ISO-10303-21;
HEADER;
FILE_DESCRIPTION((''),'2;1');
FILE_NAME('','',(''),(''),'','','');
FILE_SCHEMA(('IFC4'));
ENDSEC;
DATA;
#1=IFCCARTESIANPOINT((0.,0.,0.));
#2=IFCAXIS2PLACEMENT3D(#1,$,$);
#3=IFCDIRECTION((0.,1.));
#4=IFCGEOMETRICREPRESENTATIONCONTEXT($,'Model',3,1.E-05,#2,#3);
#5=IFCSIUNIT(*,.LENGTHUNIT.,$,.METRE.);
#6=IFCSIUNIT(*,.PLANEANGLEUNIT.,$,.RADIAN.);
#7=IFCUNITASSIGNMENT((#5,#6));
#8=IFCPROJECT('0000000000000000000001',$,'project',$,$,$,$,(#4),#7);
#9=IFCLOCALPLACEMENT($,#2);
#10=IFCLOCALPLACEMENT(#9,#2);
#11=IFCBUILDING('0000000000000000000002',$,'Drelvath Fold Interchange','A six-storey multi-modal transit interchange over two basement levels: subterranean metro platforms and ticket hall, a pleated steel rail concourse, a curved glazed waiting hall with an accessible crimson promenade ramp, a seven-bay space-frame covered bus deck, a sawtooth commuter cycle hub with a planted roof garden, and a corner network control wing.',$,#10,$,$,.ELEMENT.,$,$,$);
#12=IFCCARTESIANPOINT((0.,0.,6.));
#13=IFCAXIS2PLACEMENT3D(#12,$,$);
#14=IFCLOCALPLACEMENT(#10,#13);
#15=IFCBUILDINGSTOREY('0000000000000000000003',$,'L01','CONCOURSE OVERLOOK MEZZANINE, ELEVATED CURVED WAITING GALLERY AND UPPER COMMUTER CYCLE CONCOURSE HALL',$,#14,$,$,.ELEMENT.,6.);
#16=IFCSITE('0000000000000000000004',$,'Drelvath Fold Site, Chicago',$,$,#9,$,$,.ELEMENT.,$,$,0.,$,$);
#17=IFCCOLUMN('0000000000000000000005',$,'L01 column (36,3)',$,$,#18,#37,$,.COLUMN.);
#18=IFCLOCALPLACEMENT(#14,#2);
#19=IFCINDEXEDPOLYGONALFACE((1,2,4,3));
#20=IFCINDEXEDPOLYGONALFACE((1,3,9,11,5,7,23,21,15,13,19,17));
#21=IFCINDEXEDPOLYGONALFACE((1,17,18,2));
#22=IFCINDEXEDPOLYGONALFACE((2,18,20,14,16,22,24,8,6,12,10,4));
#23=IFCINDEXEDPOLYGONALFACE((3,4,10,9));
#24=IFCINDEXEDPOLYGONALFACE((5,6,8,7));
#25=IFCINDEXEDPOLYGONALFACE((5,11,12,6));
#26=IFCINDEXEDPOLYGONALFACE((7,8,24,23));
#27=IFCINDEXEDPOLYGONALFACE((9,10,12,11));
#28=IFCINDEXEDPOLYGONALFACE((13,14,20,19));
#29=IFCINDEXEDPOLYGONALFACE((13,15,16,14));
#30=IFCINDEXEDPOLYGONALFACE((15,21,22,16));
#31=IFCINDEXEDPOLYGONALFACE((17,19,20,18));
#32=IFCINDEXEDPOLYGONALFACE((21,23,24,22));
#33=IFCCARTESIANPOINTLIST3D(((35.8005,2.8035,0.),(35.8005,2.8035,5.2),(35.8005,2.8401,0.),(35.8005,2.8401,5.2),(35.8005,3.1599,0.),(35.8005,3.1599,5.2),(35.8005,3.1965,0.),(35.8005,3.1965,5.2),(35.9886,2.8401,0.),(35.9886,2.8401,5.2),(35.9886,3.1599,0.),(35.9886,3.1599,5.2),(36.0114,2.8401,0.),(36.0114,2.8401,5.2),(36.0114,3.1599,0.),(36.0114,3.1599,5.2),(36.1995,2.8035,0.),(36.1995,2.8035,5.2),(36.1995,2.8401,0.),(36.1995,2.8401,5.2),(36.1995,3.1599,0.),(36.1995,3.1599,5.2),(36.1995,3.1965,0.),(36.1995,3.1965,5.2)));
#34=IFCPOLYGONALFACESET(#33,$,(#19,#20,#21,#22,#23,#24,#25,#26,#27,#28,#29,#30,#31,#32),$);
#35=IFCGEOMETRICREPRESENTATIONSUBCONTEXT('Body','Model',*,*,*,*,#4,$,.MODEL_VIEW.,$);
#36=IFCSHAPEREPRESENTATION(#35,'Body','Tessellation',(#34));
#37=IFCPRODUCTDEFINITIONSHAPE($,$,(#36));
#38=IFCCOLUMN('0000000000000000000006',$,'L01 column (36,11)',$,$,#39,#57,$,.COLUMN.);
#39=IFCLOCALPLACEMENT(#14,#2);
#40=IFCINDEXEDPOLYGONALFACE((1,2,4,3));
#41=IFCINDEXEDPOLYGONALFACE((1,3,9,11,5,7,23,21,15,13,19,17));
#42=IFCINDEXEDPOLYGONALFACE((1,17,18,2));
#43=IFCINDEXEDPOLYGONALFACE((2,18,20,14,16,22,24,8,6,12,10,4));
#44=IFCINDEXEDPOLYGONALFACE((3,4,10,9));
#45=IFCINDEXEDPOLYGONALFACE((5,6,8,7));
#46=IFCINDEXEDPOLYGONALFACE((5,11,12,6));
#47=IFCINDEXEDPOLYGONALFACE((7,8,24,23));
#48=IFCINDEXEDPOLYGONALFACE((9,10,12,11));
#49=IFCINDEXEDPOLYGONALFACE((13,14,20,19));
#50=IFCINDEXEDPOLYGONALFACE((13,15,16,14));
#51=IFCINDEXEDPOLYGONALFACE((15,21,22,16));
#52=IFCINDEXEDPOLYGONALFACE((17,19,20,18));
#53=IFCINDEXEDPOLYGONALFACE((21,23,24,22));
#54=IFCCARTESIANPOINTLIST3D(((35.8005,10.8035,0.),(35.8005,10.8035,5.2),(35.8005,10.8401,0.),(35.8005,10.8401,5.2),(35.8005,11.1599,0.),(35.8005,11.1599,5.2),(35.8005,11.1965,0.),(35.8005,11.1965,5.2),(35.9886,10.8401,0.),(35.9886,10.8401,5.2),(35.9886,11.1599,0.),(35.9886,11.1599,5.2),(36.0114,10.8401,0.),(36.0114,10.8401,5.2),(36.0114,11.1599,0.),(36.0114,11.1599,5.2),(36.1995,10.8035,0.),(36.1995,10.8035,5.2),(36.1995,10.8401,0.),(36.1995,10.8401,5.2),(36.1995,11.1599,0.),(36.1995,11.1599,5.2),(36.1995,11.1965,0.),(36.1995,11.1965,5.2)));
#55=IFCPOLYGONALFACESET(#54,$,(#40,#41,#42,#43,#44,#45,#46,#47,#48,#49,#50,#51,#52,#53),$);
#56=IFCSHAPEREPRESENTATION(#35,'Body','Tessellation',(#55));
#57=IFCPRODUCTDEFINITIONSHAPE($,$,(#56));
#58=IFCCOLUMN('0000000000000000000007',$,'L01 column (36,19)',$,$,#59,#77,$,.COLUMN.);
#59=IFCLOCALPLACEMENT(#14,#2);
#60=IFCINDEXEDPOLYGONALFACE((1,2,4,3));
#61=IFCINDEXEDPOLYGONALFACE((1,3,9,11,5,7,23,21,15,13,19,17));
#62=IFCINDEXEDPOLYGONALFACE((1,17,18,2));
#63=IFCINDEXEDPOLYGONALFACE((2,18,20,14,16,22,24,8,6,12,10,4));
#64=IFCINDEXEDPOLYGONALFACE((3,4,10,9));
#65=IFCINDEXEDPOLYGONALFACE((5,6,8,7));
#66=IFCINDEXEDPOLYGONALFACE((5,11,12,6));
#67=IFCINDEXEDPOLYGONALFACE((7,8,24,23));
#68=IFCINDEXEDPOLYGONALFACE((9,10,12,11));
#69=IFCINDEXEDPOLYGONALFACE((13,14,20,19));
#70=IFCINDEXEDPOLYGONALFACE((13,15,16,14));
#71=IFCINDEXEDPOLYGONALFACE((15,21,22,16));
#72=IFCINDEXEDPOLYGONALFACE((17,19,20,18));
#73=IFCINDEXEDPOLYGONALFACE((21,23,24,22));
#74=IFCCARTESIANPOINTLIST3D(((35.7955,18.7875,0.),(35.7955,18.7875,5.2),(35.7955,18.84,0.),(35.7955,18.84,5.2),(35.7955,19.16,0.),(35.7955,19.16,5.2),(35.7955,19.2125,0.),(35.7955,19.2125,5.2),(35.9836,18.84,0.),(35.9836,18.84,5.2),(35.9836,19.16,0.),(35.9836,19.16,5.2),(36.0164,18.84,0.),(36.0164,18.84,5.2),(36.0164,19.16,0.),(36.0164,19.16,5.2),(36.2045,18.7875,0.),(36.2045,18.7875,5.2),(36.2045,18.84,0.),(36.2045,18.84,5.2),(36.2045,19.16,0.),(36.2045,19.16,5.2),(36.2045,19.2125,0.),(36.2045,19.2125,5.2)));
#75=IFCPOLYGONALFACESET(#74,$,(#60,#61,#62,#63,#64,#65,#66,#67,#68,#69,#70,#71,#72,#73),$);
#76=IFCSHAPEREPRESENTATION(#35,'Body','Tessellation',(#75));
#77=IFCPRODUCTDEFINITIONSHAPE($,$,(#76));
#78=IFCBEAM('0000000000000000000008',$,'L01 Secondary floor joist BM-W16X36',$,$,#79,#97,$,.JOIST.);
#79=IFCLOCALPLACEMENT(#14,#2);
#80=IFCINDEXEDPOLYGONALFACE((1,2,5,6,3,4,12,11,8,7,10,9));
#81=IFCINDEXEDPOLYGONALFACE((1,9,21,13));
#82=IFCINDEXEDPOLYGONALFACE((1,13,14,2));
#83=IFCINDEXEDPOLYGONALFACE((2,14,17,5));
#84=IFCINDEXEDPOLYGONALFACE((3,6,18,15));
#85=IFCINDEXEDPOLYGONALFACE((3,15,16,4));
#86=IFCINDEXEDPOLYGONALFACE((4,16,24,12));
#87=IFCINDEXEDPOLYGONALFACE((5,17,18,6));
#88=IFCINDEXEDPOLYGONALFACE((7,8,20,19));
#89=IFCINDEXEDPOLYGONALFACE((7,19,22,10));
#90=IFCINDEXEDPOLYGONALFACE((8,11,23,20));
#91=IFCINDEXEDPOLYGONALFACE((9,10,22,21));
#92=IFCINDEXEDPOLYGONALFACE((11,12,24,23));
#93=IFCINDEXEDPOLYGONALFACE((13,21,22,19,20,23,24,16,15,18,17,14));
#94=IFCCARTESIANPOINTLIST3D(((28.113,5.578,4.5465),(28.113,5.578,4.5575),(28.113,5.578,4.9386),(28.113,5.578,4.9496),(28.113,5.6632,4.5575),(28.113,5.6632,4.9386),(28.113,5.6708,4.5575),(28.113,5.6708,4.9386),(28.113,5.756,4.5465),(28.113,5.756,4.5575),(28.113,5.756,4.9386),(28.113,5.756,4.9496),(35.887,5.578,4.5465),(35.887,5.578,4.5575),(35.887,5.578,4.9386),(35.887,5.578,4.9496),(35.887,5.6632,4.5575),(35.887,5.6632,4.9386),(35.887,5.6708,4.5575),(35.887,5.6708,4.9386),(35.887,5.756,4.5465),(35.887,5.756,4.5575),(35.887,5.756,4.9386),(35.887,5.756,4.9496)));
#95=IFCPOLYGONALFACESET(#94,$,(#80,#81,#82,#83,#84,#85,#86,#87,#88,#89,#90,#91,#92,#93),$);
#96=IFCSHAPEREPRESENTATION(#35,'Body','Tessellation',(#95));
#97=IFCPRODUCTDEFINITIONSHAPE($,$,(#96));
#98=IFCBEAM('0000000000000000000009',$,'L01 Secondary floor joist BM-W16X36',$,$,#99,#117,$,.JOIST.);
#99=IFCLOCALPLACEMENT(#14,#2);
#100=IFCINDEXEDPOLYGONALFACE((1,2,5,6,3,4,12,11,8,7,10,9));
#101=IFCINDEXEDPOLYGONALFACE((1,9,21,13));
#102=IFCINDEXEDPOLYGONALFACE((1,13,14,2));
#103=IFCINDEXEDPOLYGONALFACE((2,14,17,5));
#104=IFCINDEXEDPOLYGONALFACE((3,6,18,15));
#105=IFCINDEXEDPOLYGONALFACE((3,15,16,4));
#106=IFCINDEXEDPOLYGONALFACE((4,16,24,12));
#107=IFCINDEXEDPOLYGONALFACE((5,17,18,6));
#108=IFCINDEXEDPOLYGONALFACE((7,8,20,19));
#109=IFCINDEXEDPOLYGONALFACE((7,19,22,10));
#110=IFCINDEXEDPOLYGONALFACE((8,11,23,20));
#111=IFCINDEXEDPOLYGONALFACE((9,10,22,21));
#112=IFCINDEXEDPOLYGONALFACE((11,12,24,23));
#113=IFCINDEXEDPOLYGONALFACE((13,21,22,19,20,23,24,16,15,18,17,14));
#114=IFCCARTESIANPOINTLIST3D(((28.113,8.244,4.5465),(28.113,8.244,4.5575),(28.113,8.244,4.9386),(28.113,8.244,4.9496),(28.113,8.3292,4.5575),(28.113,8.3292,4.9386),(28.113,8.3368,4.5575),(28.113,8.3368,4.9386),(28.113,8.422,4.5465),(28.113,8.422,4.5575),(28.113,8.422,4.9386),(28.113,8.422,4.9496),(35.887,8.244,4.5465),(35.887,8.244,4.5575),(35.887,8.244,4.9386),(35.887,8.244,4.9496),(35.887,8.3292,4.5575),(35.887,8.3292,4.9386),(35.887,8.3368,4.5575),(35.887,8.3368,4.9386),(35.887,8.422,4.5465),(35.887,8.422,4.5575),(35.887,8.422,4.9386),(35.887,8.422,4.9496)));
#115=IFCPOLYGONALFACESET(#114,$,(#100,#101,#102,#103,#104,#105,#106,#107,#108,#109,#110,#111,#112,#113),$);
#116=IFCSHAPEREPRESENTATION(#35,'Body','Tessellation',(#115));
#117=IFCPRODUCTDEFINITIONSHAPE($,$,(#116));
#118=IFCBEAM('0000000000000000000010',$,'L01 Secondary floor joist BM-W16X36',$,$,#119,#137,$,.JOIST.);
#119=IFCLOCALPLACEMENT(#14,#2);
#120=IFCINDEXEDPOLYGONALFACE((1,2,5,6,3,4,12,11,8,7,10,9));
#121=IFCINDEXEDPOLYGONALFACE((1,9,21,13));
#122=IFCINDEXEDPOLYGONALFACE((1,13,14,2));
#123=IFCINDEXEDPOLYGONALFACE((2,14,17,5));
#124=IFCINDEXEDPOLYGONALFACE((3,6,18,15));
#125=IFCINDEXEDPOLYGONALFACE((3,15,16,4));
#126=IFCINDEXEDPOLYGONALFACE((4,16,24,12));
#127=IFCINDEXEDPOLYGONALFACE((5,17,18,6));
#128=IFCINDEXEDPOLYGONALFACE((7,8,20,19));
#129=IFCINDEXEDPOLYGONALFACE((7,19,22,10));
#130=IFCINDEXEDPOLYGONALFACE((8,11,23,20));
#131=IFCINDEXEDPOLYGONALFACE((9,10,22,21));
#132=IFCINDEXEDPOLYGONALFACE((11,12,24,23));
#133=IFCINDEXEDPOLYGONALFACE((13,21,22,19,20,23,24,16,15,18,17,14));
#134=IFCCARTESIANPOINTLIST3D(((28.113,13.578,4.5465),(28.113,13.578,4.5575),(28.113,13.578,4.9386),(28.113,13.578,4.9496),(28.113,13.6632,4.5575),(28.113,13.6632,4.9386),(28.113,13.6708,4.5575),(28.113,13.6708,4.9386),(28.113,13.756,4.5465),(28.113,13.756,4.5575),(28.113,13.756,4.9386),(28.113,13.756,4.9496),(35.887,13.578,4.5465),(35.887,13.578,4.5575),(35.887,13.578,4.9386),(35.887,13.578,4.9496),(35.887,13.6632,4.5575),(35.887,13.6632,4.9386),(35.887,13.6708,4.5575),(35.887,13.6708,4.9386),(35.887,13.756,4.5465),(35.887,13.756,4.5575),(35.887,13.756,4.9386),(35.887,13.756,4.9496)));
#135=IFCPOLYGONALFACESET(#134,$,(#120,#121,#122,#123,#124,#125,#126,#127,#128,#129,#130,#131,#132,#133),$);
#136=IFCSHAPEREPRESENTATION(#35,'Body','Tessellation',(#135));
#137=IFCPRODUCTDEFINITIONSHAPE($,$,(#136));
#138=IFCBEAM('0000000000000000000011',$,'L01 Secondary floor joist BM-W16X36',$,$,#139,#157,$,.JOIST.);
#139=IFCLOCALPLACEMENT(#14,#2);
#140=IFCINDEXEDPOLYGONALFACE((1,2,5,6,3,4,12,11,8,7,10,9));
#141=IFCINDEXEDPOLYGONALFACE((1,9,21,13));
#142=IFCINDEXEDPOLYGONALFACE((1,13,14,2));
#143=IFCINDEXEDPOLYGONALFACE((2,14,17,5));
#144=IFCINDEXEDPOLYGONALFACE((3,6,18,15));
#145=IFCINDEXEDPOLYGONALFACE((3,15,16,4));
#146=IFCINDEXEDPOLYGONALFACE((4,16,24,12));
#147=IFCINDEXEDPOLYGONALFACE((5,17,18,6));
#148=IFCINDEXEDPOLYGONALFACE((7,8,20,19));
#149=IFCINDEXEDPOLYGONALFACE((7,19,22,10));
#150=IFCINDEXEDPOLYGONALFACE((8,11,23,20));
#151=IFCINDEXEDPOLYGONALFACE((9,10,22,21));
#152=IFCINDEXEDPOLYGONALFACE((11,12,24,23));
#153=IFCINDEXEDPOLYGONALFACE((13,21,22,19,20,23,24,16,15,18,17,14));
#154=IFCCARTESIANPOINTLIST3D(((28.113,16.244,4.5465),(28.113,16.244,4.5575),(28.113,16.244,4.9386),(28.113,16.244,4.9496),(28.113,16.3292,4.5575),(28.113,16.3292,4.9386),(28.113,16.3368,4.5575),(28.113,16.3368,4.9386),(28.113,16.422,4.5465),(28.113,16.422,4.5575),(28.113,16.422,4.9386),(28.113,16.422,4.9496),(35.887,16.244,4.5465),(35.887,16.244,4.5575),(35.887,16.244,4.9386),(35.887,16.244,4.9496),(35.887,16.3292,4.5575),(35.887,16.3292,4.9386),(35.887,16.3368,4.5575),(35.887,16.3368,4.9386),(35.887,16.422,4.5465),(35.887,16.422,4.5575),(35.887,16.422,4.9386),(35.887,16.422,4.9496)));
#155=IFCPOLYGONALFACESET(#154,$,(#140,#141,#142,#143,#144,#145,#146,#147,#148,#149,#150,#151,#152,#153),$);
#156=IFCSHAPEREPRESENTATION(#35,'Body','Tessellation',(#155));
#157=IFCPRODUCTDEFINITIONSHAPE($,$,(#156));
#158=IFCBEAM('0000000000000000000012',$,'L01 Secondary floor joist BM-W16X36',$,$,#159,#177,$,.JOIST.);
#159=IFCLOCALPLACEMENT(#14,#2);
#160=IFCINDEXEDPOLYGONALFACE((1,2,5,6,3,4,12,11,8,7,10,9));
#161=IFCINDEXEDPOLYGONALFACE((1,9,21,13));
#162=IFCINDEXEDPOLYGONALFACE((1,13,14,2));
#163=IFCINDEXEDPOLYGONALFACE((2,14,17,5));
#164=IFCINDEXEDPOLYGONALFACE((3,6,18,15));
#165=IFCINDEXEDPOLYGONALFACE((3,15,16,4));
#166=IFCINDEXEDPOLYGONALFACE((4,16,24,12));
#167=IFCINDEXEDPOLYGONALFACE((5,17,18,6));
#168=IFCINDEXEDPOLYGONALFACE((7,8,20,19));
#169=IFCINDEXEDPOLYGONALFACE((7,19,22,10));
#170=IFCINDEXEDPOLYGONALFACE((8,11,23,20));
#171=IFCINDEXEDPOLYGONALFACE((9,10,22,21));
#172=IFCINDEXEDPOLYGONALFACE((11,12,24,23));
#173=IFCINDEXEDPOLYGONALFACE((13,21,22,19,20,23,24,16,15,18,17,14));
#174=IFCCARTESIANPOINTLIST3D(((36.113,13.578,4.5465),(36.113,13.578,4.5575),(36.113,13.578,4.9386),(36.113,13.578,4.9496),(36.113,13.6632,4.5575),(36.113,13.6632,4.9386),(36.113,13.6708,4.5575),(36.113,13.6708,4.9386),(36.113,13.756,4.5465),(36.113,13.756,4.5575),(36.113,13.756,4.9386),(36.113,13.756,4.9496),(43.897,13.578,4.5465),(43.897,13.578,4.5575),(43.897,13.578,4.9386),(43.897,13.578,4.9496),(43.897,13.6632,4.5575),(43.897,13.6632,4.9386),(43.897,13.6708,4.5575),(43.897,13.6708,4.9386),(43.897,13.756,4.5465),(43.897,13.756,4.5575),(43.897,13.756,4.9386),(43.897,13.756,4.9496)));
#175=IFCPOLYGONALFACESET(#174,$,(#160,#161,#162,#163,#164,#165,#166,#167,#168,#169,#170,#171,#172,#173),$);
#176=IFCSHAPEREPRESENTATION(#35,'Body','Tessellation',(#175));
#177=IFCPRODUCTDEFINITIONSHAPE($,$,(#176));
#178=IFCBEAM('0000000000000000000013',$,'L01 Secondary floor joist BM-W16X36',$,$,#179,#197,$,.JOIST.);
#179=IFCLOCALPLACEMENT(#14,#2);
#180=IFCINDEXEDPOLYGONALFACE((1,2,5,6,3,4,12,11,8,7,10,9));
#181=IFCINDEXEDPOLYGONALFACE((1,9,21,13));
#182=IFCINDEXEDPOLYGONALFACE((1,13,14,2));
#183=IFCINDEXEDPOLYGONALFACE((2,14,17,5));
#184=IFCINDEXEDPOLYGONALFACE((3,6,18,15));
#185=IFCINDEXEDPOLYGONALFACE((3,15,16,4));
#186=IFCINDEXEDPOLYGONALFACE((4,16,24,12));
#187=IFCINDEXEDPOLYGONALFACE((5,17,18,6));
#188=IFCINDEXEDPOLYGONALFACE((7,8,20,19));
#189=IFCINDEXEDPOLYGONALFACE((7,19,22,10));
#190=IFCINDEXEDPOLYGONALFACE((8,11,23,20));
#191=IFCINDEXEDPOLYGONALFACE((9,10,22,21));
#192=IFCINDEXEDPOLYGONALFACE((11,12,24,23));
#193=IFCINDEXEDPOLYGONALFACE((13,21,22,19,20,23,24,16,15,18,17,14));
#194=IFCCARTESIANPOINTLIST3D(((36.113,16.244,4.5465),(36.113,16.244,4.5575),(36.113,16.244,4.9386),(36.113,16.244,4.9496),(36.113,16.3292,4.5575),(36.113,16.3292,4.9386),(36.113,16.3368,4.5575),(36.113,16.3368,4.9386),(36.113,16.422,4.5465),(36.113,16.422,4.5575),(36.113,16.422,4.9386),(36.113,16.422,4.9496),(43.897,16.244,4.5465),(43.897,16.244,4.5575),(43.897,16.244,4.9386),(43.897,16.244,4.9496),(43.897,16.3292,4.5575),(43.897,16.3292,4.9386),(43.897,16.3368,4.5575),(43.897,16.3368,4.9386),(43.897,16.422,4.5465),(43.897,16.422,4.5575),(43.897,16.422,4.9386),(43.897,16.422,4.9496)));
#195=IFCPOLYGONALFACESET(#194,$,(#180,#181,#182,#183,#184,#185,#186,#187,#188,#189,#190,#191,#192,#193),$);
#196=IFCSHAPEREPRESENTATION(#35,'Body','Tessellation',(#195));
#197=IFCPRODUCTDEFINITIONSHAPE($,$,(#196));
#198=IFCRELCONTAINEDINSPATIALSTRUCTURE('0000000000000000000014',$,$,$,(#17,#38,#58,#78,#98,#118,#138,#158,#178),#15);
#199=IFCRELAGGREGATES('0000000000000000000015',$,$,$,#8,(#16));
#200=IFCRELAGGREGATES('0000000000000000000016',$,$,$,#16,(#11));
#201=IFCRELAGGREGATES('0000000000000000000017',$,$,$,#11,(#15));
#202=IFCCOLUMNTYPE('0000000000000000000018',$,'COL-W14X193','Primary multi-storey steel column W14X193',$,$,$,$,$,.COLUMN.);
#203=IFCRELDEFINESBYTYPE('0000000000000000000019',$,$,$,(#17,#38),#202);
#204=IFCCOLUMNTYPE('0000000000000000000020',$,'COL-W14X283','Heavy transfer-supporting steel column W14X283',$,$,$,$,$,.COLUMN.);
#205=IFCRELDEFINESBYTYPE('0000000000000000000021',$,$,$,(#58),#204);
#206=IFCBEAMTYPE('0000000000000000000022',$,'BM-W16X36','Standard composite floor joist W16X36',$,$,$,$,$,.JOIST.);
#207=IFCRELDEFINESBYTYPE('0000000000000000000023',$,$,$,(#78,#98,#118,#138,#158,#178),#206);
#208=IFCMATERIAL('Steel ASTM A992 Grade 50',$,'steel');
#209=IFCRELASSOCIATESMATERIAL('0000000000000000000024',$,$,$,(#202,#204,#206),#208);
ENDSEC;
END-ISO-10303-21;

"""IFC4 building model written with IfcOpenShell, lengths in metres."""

from ifc_helpers import new_model, si_unit, direction, frame, origin, origin_2d, place, context, subcontext, project, spatial, i_section, extrude, material, material_profile, profile_set, type_object, element, save


model = new_model("IFC4")

# Units and contexts
model_context = context("Model", 3, precision=1e-05, world=origin(), true_north=direction((0.0, 1.0)))
body_context = subcontext(model_context, "Body", "Model", "MODEL_VIEW")
ifc_project = project(units=[si_unit("LENGTHUNIT", "METRE"), si_unit("PLANEANGLEUNIT", "RADIAN")], contexts=[model_context])

# Site, building, storey
site_placement = place(None, origin())
site = spatial("IfcSite", under=ifc_project, at=site_placement, Name="Drelvath Fold Site, Chicago", CompositionType="ELEMENT", RefElevation=0.0)
building_placement = place(site_placement, origin())
building = spatial("IfcBuilding", under=site, at=building_placement, Name="Drelvath Fold Interchange", Description="A six-storey multi-modal transit interchange over two basement levels: subterranean metro platforms and ticket hall, a pleated steel rail concourse, a curved glazed waiting hall with an accessible crimson promenade ramp, a seven-bay space-frame covered bus deck, a sawtooth commuter cycle hub with a planted roof garden, and a corner network control wing.", CompositionType="ELEMENT")
storey_placement = place(building_placement, frame((0.0, 0.0, 6.0)))
storey = spatial("IfcBuildingStorey", under=building, at=storey_placement, Name="L01", Description="CONCOURSE OVERLOOK MEZZANINE, ELEVATED CURVED WAITING GALLERY AND UPPER COMMUTER CYCLE CONCOURSE HALL", CompositionType="ELEMENT", Elevation=6.0)

# Columns
ifc_material_1 = material(Name="Steel ASTM A992 Grade 50", Category="steel")
ifc_material_profile_1 = material_profile(ifc_material_1, i_section(OverallWidth=0.3989, OverallDepth=0.3931, WebThickness=0.0227, FlangeThickness=0.0366, at=origin_2d()), Name="W14X193")
ifc_profile_set_1 = profile_set([ifc_material_profile_1], Name="Steel ASTM A992 Grade 50")
column_type_1 = type_object("IfcColumnType", Name="COL-W14X193", Description="Primary multi-storey steel column W14X193", PredefinedType="COLUMN", material=ifc_profile_set_1)
for number, where, z_axis, x_axis, name in (
    (1, (36.0, 3.0, 0.0), (0.0, 0.0, 1.0), (1.0, 0.0, 0.0), "L01 column (36,3)"),
    (2, (36.0, 11.0, 0.0), (0.0, 0.0, 1.0), (1.0, 0.0, 0.0), "L01 column (36,11)"),
):
    element("IfcColumn", number, at=place(storey_placement, frame(where, z_axis=z_axis, x_axis=x_axis)), inside=storey, type_object=column_type_1, Name=name, PredefinedType="COLUMN", context=body_context, shape_type="SweptSolid", body=[
        extrude(i_section(OverallWidth=0.3989, OverallDepth=0.3931, WebThickness=0.0227, FlangeThickness=0.0366, at=origin_2d()), origin(), (0.0, 0.0, 1.0), 5.2),
    ])
ifc_material_profile_2 = material_profile(ifc_material_1, i_section(OverallWidth=0.4089, OverallDepth=0.425, WebThickness=0.0327, FlangeThickness=0.0525, at=origin_2d()), Name="W14X283")
ifc_profile_set_2 = profile_set([ifc_material_profile_2], Name="Steel ASTM A992 Grade 50")
column_type_2 = type_object("IfcColumnType", Name="COL-W14X283", Description="Heavy transfer-supporting steel column W14X283", PredefinedType="COLUMN", material=ifc_profile_set_2)
column_placement = place(storey_placement, frame((36.0, 19.0, 0.0), z_axis=(0.0, 0.0, 1.0), x_axis=(1.0, 0.0, 0.0)))
element("IfcColumn", 3, at=column_placement, inside=storey, type_object=column_type_2, Name="L01 column (36,19)", PredefinedType="COLUMN", context=body_context, shape_type="SweptSolid", body=[
    extrude(i_section(OverallWidth=0.4089, OverallDepth=0.425, WebThickness=0.0327, FlangeThickness=0.0525, at=origin_2d()), origin(), (0.0, 0.0, 1.0), 5.2),
])

# Beams
ifc_material_profile_3 = material_profile(ifc_material_1, i_section(OverallWidth=0.178, OverallDepth=0.4031, WebThickness=0.0076, FlangeThickness=0.011, at=origin_2d()), Name="W16X36")
ifc_profile_set_3 = profile_set([ifc_material_profile_3], Name="Steel ASTM A992 Grade 50")
beam_type_1 = type_object("IfcBeamType", Name="BM-W16X36", Description="Standard composite floor joist W16X36", PredefinedType="JOIST", material=ifc_profile_set_3)
for number, where, z_axis, x_axis, name in (
    (4, (28.113, 5.667, 4.748), (1.0, 0.0, 0.0), (0.0, 1.0, 0.0), "L01 Secondary floor joist BM-W16X36"),
    (5, (28.113, 8.333, 4.748), (1.0, 0.0, 0.0), (0.0, 1.0, 0.0), "L01 Secondary floor joist BM-W16X36"),
    (6, (28.113, 13.667, 4.748), (1.0, 0.0, 0.0), (0.0, 1.0, 0.0), "L01 Secondary floor joist BM-W16X36"),
    (7, (28.113, 16.333, 4.748), (1.0, 0.0, 0.0), (0.0, 1.0, 0.0), "L01 Secondary floor joist BM-W16X36"),
):
    element("IfcBeam", number, at=place(storey_placement, frame(where, z_axis=z_axis, x_axis=x_axis)), inside=storey, type_object=beam_type_1, Name=name, PredefinedType="JOIST", context=body_context, shape_type="SweptSolid", body=[
        extrude(i_section(OverallWidth=0.178, OverallDepth=0.4031, WebThickness=0.0076, FlangeThickness=0.011, at=origin_2d()), origin(), (0.0, 0.0, 1.0), 7.7739),
    ])
for number, where, z_axis, x_axis, name in (
    (8, (36.113, 13.667, 4.748), (1.0, 0.0, 0.0), (0.0, 1.0, 0.0), "L01 Secondary floor joist BM-W16X36"),
    (9, (36.113, 16.333, 4.748), (1.0, 0.0, 0.0), (0.0, 1.0, 0.0), "L01 Secondary floor joist BM-W16X36"),
):
    element("IfcBeam", number, at=place(storey_placement, frame(where, z_axis=z_axis, x_axis=x_axis)), inside=storey, type_object=beam_type_1, Name=name, PredefinedType="JOIST", context=body_context, shape_type="SweptSolid", body=[
        extrude(i_section(OverallWidth=0.178, OverallDepth=0.4031, WebThickness=0.0076, FlangeThickness=0.011, at=origin_2d()), origin(), (0.0, 0.0, 1.0), 7.7839),
    ])

save(model, "model.ifc")
